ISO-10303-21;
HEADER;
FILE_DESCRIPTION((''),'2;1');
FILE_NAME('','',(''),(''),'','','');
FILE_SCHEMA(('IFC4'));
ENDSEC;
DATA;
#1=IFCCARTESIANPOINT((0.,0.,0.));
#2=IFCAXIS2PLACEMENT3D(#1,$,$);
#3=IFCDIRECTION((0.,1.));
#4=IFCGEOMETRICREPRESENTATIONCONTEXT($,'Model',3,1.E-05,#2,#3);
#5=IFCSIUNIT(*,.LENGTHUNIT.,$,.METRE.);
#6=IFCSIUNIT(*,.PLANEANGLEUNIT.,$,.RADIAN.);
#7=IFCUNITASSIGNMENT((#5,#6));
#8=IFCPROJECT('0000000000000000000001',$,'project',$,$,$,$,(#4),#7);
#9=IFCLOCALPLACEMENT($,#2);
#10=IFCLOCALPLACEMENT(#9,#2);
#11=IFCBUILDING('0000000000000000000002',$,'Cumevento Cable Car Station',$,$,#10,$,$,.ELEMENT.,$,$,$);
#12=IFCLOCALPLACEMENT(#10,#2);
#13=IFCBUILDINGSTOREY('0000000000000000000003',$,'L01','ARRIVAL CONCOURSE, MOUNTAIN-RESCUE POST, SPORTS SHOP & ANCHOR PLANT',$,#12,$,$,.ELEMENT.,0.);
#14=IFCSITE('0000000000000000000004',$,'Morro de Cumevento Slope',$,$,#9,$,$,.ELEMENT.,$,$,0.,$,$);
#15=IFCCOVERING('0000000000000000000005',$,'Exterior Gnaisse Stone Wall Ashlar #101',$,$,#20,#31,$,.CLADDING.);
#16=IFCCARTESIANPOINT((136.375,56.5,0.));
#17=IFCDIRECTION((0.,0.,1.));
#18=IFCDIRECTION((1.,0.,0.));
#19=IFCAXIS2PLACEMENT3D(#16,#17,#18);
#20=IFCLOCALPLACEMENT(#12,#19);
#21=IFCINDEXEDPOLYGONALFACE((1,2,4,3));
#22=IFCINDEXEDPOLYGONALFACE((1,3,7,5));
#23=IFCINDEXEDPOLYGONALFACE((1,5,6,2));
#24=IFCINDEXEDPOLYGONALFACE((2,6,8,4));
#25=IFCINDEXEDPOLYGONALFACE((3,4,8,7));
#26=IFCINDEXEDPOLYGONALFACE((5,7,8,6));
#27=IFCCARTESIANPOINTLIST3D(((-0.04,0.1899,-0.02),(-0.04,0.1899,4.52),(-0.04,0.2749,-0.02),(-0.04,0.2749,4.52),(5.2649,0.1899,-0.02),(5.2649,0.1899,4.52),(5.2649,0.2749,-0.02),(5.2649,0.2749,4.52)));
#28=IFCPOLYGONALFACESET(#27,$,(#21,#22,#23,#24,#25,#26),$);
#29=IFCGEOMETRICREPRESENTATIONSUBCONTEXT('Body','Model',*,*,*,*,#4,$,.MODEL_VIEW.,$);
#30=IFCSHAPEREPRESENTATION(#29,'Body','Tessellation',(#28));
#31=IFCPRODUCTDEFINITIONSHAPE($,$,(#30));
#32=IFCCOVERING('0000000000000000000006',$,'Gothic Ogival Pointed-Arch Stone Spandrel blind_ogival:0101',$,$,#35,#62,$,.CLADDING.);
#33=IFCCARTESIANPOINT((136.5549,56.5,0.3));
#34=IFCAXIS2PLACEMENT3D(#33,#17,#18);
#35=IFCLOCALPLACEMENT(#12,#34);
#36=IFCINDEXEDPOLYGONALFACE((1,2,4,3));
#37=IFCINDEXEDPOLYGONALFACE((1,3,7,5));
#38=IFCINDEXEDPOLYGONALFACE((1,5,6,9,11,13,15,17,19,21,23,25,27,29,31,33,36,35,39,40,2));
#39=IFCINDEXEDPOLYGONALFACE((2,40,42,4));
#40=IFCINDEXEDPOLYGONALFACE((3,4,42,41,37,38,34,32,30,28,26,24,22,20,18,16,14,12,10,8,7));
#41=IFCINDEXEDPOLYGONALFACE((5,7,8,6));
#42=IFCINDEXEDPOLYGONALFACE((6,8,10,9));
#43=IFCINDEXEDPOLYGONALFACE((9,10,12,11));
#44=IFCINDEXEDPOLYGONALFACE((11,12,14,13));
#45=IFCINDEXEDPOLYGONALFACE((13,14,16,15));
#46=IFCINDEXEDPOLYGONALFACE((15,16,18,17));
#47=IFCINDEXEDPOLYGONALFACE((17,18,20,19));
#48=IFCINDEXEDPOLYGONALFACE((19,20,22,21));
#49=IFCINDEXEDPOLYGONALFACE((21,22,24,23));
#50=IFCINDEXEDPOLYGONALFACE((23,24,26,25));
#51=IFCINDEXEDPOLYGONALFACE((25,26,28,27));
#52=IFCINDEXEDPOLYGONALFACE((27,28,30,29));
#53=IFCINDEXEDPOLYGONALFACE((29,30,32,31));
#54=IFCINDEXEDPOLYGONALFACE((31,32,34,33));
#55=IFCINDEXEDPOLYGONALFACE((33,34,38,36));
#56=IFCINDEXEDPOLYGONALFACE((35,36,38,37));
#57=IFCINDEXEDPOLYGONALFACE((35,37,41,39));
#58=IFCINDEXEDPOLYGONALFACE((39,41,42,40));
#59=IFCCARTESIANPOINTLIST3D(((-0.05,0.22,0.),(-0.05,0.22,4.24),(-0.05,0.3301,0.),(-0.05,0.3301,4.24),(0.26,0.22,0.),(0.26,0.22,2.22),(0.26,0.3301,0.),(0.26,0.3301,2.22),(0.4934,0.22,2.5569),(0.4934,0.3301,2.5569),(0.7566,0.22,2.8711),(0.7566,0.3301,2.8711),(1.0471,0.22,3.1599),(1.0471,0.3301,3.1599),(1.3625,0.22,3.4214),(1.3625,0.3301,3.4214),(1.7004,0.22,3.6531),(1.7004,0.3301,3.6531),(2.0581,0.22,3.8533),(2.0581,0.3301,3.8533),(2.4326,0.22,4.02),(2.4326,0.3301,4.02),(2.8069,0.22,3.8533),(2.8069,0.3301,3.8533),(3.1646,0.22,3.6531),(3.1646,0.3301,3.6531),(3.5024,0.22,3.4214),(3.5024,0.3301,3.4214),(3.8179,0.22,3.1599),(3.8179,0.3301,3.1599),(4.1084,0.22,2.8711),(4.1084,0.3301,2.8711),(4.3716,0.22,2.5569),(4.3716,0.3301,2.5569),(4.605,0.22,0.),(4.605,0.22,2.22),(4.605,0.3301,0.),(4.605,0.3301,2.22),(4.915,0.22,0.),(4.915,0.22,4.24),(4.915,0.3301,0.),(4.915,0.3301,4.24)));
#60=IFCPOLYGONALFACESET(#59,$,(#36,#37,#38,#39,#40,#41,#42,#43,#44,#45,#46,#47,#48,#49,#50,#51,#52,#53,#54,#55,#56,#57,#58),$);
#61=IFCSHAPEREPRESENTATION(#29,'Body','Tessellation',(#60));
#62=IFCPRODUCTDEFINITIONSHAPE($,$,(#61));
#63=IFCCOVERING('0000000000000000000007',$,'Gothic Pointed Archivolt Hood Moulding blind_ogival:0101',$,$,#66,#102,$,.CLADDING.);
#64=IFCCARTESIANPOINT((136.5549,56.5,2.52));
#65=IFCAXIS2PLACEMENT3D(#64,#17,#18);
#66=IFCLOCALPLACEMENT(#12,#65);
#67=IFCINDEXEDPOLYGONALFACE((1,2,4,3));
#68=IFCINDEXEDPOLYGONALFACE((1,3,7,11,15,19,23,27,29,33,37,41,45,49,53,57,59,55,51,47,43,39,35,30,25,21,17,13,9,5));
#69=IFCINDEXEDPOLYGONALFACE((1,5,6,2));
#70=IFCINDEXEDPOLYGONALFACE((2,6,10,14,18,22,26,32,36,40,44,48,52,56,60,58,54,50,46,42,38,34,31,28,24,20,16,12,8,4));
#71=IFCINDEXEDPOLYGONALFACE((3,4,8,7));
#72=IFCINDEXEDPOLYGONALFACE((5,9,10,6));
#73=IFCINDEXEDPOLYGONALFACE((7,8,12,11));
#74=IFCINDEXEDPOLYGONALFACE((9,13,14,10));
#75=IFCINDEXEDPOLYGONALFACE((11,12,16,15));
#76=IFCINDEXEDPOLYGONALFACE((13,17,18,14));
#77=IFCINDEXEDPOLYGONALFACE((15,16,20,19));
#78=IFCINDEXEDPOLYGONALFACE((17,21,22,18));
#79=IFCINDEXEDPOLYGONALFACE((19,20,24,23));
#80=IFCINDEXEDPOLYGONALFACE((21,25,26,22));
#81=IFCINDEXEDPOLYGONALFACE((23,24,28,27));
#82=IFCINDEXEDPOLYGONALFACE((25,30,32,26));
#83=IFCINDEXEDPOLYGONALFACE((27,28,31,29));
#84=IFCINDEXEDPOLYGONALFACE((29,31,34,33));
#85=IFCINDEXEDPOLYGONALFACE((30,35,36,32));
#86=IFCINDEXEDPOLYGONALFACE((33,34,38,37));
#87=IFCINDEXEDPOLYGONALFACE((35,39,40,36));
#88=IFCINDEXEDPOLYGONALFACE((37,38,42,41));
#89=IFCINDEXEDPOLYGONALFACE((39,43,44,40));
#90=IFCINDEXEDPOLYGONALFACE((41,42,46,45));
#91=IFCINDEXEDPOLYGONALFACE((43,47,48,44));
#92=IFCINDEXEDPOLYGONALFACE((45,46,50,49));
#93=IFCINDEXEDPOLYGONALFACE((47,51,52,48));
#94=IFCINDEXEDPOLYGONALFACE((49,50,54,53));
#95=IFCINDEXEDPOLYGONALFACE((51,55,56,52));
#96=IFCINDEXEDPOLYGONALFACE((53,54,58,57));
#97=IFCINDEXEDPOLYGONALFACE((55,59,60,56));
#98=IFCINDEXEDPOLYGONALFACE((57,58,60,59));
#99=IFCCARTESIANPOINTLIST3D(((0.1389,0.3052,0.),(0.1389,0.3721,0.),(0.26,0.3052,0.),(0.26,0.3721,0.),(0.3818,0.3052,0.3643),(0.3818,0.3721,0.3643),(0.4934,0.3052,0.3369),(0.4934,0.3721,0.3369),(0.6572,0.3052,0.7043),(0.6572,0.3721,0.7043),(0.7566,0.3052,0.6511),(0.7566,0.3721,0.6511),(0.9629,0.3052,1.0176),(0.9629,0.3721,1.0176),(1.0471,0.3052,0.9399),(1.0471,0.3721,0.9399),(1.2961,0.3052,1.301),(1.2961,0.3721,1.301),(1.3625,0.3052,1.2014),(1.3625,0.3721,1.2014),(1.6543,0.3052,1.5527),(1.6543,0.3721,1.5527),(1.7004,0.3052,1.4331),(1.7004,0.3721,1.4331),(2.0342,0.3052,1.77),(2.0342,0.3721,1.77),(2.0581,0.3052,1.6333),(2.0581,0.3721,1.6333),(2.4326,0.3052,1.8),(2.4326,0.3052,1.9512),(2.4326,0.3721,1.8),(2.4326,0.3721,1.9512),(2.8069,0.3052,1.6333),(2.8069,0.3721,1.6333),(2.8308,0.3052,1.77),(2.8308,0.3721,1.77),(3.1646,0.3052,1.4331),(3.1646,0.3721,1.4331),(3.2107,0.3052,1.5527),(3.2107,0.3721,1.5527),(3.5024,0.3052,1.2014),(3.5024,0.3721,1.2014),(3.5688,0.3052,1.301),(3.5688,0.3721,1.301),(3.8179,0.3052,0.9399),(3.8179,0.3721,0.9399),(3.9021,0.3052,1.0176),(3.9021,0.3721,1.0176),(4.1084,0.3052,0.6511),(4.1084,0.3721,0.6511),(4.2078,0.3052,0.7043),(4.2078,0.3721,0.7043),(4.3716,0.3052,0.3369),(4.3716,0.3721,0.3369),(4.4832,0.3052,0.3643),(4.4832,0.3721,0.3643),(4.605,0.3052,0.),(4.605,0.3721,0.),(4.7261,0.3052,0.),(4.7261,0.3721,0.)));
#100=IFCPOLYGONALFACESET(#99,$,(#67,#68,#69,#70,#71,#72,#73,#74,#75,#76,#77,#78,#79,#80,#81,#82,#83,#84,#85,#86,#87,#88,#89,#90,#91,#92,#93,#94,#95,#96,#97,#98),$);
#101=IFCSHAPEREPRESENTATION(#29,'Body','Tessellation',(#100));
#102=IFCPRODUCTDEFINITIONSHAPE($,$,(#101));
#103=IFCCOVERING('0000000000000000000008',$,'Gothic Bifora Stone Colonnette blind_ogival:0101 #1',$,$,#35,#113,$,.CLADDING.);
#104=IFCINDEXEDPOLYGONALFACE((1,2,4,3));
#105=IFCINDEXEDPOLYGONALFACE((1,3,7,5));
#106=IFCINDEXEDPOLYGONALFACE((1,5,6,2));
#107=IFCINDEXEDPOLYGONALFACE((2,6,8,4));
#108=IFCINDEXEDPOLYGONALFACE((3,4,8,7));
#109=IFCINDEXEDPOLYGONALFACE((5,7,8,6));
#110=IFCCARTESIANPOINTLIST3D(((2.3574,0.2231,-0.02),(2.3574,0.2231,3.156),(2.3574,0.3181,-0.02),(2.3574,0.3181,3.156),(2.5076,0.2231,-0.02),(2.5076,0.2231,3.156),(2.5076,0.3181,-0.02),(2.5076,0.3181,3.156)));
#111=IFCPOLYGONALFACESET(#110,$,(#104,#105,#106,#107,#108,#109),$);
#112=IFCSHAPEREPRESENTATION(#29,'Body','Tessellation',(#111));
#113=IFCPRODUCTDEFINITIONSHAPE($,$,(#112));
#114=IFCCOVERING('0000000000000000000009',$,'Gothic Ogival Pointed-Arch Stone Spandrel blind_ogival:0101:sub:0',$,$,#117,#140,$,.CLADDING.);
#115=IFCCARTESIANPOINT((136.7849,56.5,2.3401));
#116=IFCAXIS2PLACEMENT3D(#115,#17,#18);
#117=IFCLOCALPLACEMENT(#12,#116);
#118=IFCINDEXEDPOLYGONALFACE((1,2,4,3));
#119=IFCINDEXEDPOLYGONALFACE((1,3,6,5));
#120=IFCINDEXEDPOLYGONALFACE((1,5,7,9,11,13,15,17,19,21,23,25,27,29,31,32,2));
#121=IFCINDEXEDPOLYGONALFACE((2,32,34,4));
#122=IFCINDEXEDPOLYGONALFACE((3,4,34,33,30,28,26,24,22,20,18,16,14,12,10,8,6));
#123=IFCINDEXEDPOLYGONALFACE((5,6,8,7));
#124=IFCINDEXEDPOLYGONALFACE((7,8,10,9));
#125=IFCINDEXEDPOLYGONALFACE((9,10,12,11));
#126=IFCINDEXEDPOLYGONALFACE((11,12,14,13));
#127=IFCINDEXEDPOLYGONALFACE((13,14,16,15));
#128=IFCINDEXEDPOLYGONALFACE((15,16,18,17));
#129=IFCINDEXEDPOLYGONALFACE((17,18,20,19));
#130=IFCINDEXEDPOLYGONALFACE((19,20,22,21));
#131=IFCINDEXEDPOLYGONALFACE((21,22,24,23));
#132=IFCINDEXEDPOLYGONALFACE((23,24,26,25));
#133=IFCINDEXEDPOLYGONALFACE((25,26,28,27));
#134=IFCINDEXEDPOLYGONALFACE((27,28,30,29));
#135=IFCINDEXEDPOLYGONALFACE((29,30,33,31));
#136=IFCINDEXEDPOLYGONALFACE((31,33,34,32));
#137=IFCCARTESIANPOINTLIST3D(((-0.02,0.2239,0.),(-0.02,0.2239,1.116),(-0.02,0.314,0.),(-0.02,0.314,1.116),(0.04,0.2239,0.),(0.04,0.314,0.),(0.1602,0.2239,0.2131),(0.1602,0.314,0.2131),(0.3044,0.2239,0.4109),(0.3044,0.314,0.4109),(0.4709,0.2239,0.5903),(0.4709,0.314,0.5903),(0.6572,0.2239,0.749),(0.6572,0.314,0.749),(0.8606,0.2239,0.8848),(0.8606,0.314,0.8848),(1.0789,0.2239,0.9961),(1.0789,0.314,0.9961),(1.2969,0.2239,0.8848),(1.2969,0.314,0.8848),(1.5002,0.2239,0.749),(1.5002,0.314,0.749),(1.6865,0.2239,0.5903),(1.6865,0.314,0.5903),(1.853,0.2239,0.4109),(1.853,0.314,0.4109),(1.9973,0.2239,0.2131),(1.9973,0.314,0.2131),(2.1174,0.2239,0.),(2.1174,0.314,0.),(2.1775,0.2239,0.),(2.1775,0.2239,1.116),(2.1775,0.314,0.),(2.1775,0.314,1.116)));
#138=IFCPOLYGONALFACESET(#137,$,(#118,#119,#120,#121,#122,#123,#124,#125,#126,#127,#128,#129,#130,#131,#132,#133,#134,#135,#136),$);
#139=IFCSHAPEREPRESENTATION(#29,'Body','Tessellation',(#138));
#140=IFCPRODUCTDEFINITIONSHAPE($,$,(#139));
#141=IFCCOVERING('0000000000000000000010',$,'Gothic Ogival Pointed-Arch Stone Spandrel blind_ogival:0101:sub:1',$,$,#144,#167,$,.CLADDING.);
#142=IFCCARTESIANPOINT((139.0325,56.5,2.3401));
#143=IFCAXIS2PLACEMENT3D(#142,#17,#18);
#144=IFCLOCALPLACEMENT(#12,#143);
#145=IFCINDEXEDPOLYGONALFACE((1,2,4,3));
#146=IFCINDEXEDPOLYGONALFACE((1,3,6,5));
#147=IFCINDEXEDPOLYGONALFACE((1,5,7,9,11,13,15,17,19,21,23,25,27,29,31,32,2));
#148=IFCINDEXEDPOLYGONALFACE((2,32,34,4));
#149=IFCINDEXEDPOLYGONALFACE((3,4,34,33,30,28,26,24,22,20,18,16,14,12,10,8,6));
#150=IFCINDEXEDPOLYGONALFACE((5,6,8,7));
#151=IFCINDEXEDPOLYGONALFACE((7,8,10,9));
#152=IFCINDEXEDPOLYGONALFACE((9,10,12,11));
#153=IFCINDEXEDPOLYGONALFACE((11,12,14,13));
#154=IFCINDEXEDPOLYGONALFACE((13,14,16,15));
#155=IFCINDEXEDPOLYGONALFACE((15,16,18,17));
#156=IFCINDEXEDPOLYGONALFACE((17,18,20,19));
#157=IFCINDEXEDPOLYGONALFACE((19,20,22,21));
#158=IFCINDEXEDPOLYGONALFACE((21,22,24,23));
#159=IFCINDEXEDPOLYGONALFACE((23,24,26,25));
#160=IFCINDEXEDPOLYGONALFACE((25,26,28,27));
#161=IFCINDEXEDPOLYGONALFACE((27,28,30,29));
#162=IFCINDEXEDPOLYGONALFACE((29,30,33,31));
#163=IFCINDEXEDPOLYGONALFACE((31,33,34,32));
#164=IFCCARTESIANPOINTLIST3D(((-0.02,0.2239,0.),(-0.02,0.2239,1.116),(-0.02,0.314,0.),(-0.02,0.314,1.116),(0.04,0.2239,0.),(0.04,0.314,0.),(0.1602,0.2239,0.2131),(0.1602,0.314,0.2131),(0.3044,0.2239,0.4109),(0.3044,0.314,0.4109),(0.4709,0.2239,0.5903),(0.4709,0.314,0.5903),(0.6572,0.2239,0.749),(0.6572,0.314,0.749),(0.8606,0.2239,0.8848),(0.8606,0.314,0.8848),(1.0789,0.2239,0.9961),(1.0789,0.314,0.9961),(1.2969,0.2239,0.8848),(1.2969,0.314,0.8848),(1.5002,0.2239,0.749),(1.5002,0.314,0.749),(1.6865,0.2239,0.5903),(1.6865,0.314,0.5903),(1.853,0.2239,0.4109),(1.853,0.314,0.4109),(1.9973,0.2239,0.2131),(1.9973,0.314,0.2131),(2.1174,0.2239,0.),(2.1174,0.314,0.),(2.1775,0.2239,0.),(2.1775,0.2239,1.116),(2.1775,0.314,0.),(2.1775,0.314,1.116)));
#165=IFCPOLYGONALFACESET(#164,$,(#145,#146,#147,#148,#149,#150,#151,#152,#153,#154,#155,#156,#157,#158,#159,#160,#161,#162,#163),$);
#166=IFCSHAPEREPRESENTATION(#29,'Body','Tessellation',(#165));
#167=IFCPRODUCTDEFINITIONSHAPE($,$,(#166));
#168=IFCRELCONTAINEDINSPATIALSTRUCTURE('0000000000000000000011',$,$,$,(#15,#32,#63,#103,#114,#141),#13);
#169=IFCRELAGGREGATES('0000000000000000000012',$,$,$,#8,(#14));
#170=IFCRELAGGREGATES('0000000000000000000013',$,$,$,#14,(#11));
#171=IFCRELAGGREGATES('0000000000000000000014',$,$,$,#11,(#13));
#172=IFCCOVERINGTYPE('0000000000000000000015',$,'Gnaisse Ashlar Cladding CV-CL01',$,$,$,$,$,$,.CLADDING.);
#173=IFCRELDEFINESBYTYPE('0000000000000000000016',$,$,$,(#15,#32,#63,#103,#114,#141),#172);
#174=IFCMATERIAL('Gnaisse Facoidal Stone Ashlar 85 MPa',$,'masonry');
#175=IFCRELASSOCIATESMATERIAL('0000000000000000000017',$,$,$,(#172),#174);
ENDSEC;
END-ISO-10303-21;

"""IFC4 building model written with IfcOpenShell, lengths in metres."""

from ifc_helpers import new_model, si_unit, direction, frame, origin, place, context, subcontext, project, spatial, polyline, outline, extrude, material, type_object, element, save


model = new_model("IFC4")

# Units and contexts
model_context = context("Model", 3, precision=1e-05, world=origin(), true_north=direction((0.0, 1.0)))
body_context = subcontext(model_context, "Body", "Model", "MODEL_VIEW")
ifc_project = project(units=[si_unit("LENGTHUNIT", "METRE"), si_unit("PLANEANGLEUNIT", "RADIAN")], contexts=[model_context])

# Site, building, storey
site_placement = place(None, origin())
site = spatial("IfcSite", under=ifc_project, at=site_placement, Name="Morro de Cumevento Slope", CompositionType="ELEMENT", RefElevation=0.0)
building_placement = place(site_placement, origin())
building = spatial("IfcBuilding", under=site, at=building_placement, Name="Cumevento Cable Car Station", CompositionType="ELEMENT")
storey_placement = place(building_placement, origin())
storey = spatial("IfcBuildingStorey", under=building, at=storey_placement, Name="L01", Description="ARRIVAL CONCOURSE, MOUNTAIN-RESCUE POST, SPORTS SHOP & ANCHOR PLANT", CompositionType="ELEMENT", Elevation=0.0)

# Coverings
ifc_material_1 = material(Name="Gnaisse Facoidal Stone Ashlar 85 MPa", Category="masonry")
covering_type = type_object("IfcCoveringType", Name="Gnaisse Ashlar Cladding CV-CL01", PredefinedType="CLADDING", material=ifc_material_1)
covering_1_placement = place(storey_placement, frame((136.375, 56.5, 0.0), z_axis=(0.0, 0.0, 1.0), x_axis=(1.0, 0.0, 0.0)))
element("IfcCovering", 1, at=covering_1_placement, inside=storey, type_object=covering_type, Name="Exterior Gnaisse Stone Wall Ashlar #101", PredefinedType="CLADDING", context=body_context, shape_type="SweptSolid", body=[
    extrude(outline(polyline([(-0.04, -0.02), (5.2649, -0.02), (5.2649, 4.52), (-0.04, 4.52), (-0.04, -0.02)])), frame((0.0, 0.2749, 0.0), z_axis=(0.0, -1.0, 0.0), x_axis=(1.0, 0.0, 0.0)), (0.0, 0.0, 1.0), 0.085),
])
placement = place(storey_placement, frame((136.5549, 56.5, 0.3), z_axis=(0.0, 0.0, 1.0), x_axis=(1.0, 0.0, 0.0)))
element("IfcCovering", 2, at=placement, inside=storey, type_object=covering_type, Name="Gothic Ogival Pointed-Arch Stone Spandrel blind_ogival:0101", PredefinedType="CLADDING", context=body_context, shape_type="SweptSolid", body=[
    extrude(outline(polyline([(-0.05, 0.0), (-0.05, 4.24), (4.915, 4.24), (4.915, 0.0), (4.605, 0.0), (4.605, 2.22), (4.3716, 2.5569), (4.1084, 2.8711), (3.8179, 3.1599), (3.5024, 3.4214), (3.1646, 3.6531), (2.8069, 3.8533), (2.4326, 4.02), (2.0581, 3.8533), (1.7004, 3.6531), (1.3625, 3.4214), (1.0471, 3.1599), (0.7566, 2.8711), (0.4934, 2.5569), (0.26, 2.22), (0.26, 0.0), (-0.05, 0.0)])), frame((0.0, 0.3301, 0.0), z_axis=(0.0, -1.0, 0.0), x_axis=(1.0, 0.0, 0.0)), (0.0, 0.0, 1.0), 0.1101),
])
covering_2_placement = place(storey_placement, frame((136.5549, 56.5, 2.52), z_axis=(0.0, 0.0, 1.0), x_axis=(1.0, 0.0, 0.0)))
element("IfcCovering", 3, at=covering_2_placement, inside=storey, type_object=covering_type, Name="Gothic Pointed Archivolt Hood Moulding blind_ogival:0101", PredefinedType="CLADDING", context=body_context, shape_type="SweptSolid", body=[
    extrude(outline(polyline([(0.26, 0.0), (0.4934, 0.3369), (0.7566, 0.6511), (1.0471, 0.9399), (1.3625, 1.2014), (1.7004, 1.4331), (2.0581, 1.6333), (2.4326, 1.8), (2.8069, 1.6333), (3.1646, 1.4331), (3.5024, 1.2014), (3.8179, 0.9399), (4.1084, 0.6511), (4.3716, 0.3369), (4.605, 0.0), (4.7261, 0.0), (4.4832, 0.3643), (4.2078, 0.7043), (3.9021, 1.0176), (3.5688, 1.301), (3.2107, 1.5527), (2.8308, 1.77), (2.4326, 1.9512), (2.0342, 1.77), (1.6543, 1.5527), (1.2961, 1.301), (0.9629, 1.0176), (0.6572, 0.7043), (0.3818, 0.3643), (0.1389, 0.0), (0.26, 0.0)])), frame((0.0, 0.3721, 0.0), z_axis=(0.0, -1.0, 0.0), x_axis=(1.0, 0.0, 0.0)), (0.0, 0.0, 1.0), 0.0669),
])
element("IfcCovering", 4, at=placement, inside=storey, type_object=covering_type, Name="Gothic Bifora Stone Colonnette blind_ogival:0101 #1", PredefinedType="CLADDING", context=body_context, shape_type="SweptSolid", body=[
    extrude(outline(polyline([(2.3574, -0.02), (2.5076, -0.02), (2.5076, 3.156), (2.3574, 3.156), (2.3574, -0.02)])), frame((0.0, 0.3181, 0.0), z_axis=(0.0, -1.0, 0.0), x_axis=(1.0, 0.0, 0.0)), (0.0, 0.0, 1.0), 0.095),
])
for number, where, z_axis, x_axis, name in (
    (5, (136.7849, 56.5, 2.3401), (0.0, 0.0, 1.0), (1.0, 0.0, 0.0), "Gothic Ogival Pointed-Arch Stone Spandrel blind_ogival:0101:sub:0"),
    (6, (139.0325, 56.5, 2.3401), (0.0, 0.0, 1.0), (1.0, 0.0, 0.0), "Gothic Ogival Pointed-Arch Stone Spandrel blind_ogival:0101:sub:1"),
):
    element("IfcCovering", number, at=place(storey_placement, frame(where, z_axis=z_axis, x_axis=x_axis)), inside=storey, type_object=covering_type, Name=name, PredefinedType="CLADDING", context=body_context, shape_type="SweptSolid", body=[
        extrude(outline(polyline([(-0.02, 0.0), (-0.02, 1.116), (2.1775, 1.116), (2.1775, 0.0), (2.1174, 0.0), (1.9973, 0.2131), (1.853, 0.4109), (1.6865, 0.5903), (1.5002, 0.749), (1.2969, 0.8848), (1.0789, 0.9961), (0.8606, 0.8848), (0.6572, 0.749), (0.4709, 0.5903), (0.3044, 0.4109), (0.1602, 0.2131), (0.04, 0.0), (-0.02, 0.0)])), frame((0.0, 0.314, 0.0), z_axis=(0.0, -1.0, 0.0), x_axis=(1.0, 0.0, 0.0)), (0.0, 0.0, 1.0), 0.0901),
    ])

save(model, "model.ifc")
